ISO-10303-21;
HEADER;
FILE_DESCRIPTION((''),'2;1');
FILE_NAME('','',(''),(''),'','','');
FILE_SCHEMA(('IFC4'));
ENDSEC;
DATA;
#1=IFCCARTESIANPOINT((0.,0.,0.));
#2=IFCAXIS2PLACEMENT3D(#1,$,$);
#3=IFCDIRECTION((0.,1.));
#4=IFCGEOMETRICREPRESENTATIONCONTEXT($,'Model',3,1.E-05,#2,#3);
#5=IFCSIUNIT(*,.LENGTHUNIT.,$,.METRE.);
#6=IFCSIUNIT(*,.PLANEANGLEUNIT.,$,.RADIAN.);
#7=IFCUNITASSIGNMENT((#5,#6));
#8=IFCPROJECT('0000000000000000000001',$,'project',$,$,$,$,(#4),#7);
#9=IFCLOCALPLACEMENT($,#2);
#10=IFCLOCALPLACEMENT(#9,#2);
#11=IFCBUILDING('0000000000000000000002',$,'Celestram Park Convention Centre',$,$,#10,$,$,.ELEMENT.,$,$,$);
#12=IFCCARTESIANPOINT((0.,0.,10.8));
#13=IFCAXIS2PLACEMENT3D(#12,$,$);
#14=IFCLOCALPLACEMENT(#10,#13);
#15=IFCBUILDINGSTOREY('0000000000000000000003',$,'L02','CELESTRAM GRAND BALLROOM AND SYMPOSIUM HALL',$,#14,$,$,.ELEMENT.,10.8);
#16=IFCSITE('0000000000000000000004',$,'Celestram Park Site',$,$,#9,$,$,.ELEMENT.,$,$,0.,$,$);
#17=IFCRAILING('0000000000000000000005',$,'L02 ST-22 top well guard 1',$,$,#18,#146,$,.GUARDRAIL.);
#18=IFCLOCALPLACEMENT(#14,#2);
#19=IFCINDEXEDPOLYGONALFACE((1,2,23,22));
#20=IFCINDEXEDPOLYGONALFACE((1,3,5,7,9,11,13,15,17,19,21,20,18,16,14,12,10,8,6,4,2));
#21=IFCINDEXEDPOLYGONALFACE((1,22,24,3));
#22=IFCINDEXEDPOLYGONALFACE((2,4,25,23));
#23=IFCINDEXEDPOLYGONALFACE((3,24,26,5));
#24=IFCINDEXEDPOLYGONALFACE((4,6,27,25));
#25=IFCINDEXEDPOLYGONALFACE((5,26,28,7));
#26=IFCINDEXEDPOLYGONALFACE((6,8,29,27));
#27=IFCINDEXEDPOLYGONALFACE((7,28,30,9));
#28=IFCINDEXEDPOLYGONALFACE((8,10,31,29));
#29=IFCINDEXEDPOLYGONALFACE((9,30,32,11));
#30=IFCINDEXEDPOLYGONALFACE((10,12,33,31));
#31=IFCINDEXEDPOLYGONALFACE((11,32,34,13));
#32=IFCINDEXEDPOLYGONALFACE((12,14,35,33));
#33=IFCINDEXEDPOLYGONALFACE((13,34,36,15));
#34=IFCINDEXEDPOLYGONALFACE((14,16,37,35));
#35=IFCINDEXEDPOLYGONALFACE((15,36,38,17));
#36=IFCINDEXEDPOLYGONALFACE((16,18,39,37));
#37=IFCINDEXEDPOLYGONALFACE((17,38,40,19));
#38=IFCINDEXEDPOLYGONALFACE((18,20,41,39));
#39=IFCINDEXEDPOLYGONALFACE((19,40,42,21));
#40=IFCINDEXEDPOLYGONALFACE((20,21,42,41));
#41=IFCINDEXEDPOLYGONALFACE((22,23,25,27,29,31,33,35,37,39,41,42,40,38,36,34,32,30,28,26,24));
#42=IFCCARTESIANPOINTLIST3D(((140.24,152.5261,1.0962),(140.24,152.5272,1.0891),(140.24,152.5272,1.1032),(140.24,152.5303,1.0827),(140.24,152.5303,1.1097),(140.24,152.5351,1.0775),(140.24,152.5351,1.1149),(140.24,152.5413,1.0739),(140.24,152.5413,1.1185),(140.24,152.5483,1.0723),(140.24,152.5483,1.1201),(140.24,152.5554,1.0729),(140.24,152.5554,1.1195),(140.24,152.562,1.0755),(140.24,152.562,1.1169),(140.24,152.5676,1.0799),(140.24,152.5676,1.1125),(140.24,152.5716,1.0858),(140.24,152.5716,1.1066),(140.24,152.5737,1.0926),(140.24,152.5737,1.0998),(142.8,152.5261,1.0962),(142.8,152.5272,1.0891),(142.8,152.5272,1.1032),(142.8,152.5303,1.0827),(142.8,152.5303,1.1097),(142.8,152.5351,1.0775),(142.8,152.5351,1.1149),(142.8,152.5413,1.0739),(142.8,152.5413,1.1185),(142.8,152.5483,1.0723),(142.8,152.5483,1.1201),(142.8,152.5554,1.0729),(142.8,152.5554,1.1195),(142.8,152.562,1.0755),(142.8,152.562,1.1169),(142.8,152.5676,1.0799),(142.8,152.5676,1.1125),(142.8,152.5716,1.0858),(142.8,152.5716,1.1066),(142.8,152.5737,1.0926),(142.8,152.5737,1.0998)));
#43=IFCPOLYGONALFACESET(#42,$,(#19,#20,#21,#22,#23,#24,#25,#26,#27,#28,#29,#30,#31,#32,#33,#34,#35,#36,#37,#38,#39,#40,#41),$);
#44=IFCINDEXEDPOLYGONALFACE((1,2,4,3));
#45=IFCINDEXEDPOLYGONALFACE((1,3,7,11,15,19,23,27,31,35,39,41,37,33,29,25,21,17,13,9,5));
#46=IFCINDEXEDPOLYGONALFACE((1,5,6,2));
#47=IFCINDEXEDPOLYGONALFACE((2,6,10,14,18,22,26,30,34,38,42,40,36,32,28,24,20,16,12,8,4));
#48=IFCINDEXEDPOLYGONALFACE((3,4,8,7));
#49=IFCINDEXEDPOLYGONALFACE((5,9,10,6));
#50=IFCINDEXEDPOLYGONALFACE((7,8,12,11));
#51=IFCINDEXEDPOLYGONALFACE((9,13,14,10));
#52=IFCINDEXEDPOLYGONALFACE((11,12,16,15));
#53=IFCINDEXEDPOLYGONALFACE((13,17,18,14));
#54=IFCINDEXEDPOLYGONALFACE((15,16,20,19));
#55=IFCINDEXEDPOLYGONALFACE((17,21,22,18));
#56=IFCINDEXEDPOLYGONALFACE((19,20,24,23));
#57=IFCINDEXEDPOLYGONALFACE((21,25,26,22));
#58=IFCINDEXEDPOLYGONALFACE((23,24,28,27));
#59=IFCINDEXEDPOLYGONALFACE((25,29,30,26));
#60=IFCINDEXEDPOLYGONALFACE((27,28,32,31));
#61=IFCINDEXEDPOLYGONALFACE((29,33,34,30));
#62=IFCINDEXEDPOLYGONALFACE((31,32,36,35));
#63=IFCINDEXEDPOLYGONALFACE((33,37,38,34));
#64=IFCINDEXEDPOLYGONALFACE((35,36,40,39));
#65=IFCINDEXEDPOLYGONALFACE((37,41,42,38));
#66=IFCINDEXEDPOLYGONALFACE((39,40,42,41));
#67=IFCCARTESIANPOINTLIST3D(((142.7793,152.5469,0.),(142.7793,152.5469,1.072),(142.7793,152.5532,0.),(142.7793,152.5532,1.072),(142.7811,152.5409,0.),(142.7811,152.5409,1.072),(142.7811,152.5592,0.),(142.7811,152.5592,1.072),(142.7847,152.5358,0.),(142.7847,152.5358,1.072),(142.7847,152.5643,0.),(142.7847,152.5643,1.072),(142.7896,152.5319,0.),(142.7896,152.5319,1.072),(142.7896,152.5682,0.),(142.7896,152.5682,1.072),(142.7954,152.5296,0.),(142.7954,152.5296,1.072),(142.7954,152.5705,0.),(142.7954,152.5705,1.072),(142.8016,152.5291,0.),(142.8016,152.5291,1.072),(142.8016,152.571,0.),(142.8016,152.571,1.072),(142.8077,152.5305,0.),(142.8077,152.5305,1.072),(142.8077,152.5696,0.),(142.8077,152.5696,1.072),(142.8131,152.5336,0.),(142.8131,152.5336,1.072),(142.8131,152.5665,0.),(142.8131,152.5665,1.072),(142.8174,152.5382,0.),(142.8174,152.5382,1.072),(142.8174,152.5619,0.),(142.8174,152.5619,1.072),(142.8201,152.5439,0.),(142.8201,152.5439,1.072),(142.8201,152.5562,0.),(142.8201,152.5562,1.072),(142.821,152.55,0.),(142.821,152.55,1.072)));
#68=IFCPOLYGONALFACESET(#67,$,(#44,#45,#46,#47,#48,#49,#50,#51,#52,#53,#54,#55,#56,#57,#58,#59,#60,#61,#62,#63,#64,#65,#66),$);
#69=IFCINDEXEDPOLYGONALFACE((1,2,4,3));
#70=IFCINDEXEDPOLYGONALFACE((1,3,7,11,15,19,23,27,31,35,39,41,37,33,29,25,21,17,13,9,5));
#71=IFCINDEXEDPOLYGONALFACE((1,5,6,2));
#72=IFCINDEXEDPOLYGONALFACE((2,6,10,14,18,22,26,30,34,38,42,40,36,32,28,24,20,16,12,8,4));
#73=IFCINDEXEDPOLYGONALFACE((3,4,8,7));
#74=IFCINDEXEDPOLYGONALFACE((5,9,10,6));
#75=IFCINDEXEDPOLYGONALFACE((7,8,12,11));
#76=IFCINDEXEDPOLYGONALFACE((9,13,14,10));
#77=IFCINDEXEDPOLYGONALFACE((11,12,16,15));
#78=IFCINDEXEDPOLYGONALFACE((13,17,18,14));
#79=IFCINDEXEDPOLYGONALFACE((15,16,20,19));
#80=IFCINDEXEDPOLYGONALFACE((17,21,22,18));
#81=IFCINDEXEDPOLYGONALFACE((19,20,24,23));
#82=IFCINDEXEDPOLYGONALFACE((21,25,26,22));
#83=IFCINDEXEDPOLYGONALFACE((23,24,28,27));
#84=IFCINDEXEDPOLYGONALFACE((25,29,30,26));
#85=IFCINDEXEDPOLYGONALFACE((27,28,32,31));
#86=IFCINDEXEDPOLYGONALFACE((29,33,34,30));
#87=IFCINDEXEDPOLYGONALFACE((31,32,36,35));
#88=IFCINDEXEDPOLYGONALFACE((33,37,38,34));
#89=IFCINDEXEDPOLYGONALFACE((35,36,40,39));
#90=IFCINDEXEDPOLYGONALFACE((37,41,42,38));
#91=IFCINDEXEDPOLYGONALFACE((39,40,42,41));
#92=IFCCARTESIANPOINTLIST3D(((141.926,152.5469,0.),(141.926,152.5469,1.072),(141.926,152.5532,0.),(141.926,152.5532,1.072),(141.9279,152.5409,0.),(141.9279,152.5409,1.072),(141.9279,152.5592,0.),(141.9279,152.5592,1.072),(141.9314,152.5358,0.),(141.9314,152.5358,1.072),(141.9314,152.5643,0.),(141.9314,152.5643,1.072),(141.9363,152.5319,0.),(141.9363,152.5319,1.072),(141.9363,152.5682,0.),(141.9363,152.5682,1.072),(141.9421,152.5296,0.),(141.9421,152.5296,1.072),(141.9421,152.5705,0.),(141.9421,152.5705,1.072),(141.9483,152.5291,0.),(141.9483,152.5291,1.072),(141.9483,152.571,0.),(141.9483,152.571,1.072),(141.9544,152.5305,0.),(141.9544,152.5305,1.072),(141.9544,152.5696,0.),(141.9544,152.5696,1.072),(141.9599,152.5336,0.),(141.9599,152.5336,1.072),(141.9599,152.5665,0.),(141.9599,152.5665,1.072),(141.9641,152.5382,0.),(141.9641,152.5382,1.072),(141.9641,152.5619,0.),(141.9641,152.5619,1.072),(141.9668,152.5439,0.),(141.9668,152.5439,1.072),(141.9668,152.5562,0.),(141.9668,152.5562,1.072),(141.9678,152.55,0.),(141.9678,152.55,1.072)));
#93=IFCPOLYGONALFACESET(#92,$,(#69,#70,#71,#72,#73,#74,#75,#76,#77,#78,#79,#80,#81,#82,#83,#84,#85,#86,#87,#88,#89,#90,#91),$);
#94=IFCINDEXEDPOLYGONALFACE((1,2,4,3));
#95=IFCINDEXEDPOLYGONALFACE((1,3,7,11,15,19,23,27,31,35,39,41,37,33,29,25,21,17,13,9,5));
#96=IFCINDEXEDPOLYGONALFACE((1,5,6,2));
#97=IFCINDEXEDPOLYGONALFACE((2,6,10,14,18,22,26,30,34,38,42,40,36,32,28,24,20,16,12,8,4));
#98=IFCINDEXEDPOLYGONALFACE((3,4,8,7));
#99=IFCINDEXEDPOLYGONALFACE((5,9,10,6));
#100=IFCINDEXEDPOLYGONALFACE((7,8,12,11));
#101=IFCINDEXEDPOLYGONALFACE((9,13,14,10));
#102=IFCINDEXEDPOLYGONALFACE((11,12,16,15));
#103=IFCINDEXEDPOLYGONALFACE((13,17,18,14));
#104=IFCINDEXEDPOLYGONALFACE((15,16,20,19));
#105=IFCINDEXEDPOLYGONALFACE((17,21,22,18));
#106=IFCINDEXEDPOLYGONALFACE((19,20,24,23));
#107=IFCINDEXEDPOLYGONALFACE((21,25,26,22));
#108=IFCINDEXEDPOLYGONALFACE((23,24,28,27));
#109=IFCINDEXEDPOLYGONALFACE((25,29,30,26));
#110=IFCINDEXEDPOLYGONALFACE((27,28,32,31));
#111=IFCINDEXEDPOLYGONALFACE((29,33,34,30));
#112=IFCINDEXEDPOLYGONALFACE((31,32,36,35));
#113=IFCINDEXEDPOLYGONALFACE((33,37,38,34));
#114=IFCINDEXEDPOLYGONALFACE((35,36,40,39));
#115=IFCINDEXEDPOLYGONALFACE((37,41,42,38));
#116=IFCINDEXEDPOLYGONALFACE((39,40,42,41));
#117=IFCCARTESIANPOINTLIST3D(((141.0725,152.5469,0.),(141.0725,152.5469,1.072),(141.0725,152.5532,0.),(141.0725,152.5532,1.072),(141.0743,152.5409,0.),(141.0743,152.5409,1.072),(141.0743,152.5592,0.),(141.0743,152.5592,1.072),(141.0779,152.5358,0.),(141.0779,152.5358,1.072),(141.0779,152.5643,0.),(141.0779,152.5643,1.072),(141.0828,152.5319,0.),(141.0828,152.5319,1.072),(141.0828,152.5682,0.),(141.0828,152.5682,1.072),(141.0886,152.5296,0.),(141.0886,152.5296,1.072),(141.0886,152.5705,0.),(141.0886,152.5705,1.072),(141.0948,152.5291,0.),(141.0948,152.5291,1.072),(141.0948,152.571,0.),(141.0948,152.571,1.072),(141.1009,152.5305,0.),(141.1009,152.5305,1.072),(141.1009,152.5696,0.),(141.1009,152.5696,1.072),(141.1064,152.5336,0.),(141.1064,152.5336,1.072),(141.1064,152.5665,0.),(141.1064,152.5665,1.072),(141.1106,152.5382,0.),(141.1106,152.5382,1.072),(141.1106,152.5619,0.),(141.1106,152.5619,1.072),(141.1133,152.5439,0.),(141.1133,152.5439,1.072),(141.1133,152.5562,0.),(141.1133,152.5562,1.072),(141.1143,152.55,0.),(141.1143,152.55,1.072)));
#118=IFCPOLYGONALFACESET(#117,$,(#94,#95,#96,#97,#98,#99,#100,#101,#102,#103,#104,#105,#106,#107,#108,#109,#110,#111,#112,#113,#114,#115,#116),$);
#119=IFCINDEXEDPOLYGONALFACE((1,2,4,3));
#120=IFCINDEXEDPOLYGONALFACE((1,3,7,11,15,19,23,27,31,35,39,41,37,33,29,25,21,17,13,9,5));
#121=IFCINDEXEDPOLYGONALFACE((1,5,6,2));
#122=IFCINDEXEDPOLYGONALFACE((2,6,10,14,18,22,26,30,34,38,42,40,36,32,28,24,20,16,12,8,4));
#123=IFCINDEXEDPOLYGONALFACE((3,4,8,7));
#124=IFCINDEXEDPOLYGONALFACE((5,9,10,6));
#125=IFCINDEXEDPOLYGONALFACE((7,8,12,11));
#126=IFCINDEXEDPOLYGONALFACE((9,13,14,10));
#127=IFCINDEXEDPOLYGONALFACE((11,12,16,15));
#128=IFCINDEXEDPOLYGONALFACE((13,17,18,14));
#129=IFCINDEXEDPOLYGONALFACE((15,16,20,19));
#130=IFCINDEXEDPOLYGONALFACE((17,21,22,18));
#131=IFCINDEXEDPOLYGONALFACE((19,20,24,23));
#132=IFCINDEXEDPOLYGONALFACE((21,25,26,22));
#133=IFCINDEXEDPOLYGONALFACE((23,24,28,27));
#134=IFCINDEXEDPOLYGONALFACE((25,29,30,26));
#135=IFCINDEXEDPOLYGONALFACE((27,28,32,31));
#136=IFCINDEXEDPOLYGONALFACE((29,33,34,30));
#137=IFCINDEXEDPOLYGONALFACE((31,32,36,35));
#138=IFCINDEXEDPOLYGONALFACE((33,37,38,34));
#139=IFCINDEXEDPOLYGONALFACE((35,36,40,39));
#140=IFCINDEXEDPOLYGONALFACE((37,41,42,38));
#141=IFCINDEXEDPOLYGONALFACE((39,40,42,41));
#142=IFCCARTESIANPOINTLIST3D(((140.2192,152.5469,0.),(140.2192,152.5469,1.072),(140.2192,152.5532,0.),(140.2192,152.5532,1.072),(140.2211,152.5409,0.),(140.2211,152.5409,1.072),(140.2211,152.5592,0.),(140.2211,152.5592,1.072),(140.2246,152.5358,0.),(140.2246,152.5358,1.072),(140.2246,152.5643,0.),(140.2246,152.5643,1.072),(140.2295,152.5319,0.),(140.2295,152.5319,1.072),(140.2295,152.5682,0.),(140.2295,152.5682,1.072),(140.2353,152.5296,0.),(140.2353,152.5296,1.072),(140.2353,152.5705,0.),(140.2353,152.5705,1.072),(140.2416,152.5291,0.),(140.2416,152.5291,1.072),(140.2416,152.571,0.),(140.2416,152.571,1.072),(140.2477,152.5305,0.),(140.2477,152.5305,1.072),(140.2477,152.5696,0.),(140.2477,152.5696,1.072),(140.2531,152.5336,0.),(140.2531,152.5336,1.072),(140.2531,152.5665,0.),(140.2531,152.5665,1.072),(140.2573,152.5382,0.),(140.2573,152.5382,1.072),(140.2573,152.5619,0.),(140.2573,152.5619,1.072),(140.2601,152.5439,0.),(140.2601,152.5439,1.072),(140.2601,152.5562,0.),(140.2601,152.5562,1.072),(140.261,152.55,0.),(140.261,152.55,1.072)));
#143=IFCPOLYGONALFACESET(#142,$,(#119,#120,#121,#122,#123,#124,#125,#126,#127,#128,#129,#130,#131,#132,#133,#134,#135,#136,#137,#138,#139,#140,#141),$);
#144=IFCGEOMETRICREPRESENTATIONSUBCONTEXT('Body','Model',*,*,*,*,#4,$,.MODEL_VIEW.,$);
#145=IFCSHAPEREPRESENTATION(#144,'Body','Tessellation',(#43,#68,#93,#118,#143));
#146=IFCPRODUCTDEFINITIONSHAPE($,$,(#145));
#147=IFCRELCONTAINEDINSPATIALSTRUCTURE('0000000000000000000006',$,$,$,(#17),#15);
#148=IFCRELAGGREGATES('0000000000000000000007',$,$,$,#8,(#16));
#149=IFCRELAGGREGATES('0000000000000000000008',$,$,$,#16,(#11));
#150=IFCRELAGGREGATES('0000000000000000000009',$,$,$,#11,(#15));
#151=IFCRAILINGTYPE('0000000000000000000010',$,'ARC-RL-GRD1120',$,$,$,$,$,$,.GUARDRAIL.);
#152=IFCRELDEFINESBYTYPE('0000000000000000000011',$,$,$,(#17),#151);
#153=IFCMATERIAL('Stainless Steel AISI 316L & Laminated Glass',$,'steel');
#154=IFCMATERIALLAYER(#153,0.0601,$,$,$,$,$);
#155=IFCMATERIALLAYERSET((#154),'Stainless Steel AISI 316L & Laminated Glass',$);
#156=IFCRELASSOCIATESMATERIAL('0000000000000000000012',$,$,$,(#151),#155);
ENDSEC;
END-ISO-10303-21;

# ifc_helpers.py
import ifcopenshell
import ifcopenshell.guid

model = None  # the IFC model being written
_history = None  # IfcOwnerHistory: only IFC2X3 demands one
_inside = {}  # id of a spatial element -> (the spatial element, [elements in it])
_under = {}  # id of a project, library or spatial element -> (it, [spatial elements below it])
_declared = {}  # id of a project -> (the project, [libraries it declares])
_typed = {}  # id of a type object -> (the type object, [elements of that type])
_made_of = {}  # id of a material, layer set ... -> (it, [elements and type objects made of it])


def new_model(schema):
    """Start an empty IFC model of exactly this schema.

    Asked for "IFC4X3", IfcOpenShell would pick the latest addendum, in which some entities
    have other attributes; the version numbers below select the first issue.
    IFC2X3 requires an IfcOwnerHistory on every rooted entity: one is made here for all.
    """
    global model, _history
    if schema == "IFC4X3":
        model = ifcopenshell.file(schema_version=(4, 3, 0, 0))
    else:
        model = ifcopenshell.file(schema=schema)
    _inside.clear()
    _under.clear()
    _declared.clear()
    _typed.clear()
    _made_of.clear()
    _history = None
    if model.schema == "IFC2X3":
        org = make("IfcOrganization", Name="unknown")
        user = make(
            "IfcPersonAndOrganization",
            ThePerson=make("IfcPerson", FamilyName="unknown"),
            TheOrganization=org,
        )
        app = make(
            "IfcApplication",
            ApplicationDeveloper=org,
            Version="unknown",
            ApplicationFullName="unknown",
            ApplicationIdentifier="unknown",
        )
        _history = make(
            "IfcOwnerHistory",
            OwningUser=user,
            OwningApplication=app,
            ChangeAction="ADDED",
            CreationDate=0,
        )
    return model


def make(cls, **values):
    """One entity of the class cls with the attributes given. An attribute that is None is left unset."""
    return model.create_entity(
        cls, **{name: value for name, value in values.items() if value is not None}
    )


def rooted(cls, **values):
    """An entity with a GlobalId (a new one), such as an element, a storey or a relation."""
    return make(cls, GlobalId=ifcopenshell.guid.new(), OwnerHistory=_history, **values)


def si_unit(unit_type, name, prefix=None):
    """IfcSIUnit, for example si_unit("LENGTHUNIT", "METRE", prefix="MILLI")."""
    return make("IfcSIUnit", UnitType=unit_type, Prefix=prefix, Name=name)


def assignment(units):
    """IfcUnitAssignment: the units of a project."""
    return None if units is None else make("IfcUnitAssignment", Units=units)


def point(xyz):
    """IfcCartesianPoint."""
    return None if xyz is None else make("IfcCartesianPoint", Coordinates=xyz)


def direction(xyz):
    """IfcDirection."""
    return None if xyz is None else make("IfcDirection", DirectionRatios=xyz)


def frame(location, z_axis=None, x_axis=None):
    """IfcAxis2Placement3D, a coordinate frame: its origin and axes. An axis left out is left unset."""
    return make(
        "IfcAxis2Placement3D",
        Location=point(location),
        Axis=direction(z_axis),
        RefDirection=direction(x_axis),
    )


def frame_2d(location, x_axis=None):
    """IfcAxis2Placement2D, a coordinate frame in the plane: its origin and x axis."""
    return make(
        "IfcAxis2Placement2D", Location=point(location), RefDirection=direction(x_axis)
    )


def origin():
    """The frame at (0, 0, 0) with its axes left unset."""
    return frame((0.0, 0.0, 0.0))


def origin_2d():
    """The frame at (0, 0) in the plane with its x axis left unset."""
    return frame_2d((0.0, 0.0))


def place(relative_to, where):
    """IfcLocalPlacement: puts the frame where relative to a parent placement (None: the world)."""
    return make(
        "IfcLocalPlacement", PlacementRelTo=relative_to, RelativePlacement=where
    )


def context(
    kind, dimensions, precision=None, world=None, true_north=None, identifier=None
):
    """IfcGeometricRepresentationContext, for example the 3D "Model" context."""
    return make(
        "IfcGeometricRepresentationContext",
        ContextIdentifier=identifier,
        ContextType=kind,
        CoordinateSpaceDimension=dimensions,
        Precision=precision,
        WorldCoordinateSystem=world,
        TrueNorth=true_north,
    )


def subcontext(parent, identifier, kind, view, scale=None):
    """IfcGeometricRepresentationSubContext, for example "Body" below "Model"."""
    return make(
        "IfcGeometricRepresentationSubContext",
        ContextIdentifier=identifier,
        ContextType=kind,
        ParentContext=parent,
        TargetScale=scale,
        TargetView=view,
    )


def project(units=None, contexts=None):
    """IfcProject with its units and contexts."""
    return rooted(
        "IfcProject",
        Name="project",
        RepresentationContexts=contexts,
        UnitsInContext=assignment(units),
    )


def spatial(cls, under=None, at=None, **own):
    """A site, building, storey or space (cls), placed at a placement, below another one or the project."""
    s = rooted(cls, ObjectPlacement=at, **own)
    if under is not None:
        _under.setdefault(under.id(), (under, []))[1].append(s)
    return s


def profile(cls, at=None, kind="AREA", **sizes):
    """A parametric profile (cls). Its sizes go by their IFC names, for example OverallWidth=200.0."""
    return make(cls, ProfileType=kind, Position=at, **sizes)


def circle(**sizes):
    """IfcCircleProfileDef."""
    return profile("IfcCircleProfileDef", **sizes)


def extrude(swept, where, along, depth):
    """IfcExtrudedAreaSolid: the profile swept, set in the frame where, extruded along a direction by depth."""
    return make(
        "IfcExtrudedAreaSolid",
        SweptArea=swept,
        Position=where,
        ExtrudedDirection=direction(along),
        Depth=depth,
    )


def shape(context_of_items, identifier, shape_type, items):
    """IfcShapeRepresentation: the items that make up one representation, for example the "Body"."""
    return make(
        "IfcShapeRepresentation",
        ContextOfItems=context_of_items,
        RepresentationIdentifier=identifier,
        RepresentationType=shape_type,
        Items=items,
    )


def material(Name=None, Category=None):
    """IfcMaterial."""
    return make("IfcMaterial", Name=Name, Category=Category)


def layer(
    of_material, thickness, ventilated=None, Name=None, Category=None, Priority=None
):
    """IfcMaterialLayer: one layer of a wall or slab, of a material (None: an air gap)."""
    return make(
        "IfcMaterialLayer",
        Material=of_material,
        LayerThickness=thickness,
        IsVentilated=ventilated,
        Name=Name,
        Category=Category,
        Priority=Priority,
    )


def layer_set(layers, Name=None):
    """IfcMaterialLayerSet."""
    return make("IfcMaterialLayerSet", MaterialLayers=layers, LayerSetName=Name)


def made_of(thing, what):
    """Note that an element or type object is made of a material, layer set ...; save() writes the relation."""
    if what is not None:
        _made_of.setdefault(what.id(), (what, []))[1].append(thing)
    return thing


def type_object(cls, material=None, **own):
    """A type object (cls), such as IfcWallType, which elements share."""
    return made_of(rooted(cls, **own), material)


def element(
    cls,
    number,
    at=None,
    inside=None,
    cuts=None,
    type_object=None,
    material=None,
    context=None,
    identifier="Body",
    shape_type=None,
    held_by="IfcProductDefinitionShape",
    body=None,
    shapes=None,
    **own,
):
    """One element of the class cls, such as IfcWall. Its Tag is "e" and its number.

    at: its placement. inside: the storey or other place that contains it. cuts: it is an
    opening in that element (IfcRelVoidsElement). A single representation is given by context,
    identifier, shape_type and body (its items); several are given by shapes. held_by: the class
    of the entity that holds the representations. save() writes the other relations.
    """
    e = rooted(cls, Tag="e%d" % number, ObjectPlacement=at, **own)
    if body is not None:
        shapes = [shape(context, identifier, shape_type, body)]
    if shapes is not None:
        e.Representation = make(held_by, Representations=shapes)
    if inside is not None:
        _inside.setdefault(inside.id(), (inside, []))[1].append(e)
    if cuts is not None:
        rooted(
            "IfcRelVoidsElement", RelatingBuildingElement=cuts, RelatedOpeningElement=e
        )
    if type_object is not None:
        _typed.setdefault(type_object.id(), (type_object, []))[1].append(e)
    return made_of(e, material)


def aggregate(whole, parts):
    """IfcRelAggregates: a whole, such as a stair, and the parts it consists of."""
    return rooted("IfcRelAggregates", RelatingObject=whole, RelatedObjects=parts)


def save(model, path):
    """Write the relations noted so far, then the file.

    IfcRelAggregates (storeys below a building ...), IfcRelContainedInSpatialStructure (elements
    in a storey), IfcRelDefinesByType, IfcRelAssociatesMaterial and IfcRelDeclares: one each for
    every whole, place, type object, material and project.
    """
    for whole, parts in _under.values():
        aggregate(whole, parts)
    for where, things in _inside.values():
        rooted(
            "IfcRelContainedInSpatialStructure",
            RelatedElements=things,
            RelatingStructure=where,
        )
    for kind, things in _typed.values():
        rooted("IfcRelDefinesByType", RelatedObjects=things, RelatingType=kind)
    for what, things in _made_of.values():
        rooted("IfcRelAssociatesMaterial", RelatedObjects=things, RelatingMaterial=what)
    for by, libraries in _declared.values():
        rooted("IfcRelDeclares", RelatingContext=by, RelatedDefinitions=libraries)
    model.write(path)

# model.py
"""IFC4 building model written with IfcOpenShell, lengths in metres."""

from ifc_helpers import new_model, si_unit, direction, frame, origin, origin_2d, place, context, subcontext, project, spatial, circle, extrude, material, layer, layer_set, type_object, element, save


model = new_model("IFC4")

# Units and contexts
model_context = context("Model", 3, precision=1e-05, world=origin(), true_north=direction((0.0, 1.0)))
body_context = subcontext(model_context, "Body", "Model", "MODEL_VIEW")
ifc_project = project(units=[si_unit("LENGTHUNIT", "METRE"), si_unit("PLANEANGLEUNIT", "RADIAN")], contexts=[model_context])

# Site, building, storey
site_placement = place(None, origin())
site = spatial("IfcSite", under=ifc_project, at=site_placement, Name="Celestram Park Site", CompositionType="ELEMENT", RefElevation=0.0)
building_placement = place(site_placement, origin())
building = spatial("IfcBuilding", under=site, at=building_placement, Name="Celestram Park Convention Centre", CompositionType="ELEMENT")
storey_placement = place(building_placement, frame((0.0, 0.0, 10.8)))
storey = spatial("IfcBuildingStorey", under=building, at=storey_placement, Name="L02", Description="CELESTRAM GRAND BALLROOM AND SYMPOSIUM HALL", CompositionType="ELEMENT", Elevation=10.8)

# Railing
ifc_material_1 = material(Name="Stainless Steel AISI 316L & Laminated Glass", Category="steel")
ifc_layer_1 = layer(ifc_material_1, 0.0601)
ifc_layer_set_1 = layer_set([ifc_layer_1], Name="Stainless Steel AISI 316L & Laminated Glass")
railing_type = type_object("IfcRailingType", Name="ARC-RL-GRD1120", PredefinedType="GUARDRAIL", material=ifc_layer_set_1)
railing_1_placement = place(storey_placement, frame((142.8, 152.55, 0.0)))
element("IfcRailing", 1, at=railing_1_placement, inside=storey, type_object=railing_type, Name="L02 ST-22 top well guard 1", PredefinedType="GUARDRAIL", context=body_context, shape_type="SweptSolid", body=[
    extrude(circle(Radius=0.0239, at=origin_2d()), frame((0.0, 0.0, 1.0962), z_axis=(-1.0, 0.0, 0.0), x_axis=(0.0, -1.0, 0.0)), (0.0, 0.0, 1.0), 2.5601),
    extrude(circle(Radius=0.021, at=origin_2d()), origin(), (0.0, 0.0, 1.0), 1.072),
    extrude(circle(Radius=0.021, at=origin_2d()), frame((-0.8533, 0.0, 0.0)), (0.0, 0.0, 1.0), 1.072),
    extrude(circle(Radius=0.021, at=origin_2d()), frame((-1.7068, 0.0, 0.0)), (0.0, 0.0, 1.0), 1.072),
    extrude(circle(Radius=0.021, at=origin_2d()), frame((-2.5601, 0.0, 0.0)), (0.0, 0.0, 1.0), 1.072),
])

save(model, "model.ifc")
